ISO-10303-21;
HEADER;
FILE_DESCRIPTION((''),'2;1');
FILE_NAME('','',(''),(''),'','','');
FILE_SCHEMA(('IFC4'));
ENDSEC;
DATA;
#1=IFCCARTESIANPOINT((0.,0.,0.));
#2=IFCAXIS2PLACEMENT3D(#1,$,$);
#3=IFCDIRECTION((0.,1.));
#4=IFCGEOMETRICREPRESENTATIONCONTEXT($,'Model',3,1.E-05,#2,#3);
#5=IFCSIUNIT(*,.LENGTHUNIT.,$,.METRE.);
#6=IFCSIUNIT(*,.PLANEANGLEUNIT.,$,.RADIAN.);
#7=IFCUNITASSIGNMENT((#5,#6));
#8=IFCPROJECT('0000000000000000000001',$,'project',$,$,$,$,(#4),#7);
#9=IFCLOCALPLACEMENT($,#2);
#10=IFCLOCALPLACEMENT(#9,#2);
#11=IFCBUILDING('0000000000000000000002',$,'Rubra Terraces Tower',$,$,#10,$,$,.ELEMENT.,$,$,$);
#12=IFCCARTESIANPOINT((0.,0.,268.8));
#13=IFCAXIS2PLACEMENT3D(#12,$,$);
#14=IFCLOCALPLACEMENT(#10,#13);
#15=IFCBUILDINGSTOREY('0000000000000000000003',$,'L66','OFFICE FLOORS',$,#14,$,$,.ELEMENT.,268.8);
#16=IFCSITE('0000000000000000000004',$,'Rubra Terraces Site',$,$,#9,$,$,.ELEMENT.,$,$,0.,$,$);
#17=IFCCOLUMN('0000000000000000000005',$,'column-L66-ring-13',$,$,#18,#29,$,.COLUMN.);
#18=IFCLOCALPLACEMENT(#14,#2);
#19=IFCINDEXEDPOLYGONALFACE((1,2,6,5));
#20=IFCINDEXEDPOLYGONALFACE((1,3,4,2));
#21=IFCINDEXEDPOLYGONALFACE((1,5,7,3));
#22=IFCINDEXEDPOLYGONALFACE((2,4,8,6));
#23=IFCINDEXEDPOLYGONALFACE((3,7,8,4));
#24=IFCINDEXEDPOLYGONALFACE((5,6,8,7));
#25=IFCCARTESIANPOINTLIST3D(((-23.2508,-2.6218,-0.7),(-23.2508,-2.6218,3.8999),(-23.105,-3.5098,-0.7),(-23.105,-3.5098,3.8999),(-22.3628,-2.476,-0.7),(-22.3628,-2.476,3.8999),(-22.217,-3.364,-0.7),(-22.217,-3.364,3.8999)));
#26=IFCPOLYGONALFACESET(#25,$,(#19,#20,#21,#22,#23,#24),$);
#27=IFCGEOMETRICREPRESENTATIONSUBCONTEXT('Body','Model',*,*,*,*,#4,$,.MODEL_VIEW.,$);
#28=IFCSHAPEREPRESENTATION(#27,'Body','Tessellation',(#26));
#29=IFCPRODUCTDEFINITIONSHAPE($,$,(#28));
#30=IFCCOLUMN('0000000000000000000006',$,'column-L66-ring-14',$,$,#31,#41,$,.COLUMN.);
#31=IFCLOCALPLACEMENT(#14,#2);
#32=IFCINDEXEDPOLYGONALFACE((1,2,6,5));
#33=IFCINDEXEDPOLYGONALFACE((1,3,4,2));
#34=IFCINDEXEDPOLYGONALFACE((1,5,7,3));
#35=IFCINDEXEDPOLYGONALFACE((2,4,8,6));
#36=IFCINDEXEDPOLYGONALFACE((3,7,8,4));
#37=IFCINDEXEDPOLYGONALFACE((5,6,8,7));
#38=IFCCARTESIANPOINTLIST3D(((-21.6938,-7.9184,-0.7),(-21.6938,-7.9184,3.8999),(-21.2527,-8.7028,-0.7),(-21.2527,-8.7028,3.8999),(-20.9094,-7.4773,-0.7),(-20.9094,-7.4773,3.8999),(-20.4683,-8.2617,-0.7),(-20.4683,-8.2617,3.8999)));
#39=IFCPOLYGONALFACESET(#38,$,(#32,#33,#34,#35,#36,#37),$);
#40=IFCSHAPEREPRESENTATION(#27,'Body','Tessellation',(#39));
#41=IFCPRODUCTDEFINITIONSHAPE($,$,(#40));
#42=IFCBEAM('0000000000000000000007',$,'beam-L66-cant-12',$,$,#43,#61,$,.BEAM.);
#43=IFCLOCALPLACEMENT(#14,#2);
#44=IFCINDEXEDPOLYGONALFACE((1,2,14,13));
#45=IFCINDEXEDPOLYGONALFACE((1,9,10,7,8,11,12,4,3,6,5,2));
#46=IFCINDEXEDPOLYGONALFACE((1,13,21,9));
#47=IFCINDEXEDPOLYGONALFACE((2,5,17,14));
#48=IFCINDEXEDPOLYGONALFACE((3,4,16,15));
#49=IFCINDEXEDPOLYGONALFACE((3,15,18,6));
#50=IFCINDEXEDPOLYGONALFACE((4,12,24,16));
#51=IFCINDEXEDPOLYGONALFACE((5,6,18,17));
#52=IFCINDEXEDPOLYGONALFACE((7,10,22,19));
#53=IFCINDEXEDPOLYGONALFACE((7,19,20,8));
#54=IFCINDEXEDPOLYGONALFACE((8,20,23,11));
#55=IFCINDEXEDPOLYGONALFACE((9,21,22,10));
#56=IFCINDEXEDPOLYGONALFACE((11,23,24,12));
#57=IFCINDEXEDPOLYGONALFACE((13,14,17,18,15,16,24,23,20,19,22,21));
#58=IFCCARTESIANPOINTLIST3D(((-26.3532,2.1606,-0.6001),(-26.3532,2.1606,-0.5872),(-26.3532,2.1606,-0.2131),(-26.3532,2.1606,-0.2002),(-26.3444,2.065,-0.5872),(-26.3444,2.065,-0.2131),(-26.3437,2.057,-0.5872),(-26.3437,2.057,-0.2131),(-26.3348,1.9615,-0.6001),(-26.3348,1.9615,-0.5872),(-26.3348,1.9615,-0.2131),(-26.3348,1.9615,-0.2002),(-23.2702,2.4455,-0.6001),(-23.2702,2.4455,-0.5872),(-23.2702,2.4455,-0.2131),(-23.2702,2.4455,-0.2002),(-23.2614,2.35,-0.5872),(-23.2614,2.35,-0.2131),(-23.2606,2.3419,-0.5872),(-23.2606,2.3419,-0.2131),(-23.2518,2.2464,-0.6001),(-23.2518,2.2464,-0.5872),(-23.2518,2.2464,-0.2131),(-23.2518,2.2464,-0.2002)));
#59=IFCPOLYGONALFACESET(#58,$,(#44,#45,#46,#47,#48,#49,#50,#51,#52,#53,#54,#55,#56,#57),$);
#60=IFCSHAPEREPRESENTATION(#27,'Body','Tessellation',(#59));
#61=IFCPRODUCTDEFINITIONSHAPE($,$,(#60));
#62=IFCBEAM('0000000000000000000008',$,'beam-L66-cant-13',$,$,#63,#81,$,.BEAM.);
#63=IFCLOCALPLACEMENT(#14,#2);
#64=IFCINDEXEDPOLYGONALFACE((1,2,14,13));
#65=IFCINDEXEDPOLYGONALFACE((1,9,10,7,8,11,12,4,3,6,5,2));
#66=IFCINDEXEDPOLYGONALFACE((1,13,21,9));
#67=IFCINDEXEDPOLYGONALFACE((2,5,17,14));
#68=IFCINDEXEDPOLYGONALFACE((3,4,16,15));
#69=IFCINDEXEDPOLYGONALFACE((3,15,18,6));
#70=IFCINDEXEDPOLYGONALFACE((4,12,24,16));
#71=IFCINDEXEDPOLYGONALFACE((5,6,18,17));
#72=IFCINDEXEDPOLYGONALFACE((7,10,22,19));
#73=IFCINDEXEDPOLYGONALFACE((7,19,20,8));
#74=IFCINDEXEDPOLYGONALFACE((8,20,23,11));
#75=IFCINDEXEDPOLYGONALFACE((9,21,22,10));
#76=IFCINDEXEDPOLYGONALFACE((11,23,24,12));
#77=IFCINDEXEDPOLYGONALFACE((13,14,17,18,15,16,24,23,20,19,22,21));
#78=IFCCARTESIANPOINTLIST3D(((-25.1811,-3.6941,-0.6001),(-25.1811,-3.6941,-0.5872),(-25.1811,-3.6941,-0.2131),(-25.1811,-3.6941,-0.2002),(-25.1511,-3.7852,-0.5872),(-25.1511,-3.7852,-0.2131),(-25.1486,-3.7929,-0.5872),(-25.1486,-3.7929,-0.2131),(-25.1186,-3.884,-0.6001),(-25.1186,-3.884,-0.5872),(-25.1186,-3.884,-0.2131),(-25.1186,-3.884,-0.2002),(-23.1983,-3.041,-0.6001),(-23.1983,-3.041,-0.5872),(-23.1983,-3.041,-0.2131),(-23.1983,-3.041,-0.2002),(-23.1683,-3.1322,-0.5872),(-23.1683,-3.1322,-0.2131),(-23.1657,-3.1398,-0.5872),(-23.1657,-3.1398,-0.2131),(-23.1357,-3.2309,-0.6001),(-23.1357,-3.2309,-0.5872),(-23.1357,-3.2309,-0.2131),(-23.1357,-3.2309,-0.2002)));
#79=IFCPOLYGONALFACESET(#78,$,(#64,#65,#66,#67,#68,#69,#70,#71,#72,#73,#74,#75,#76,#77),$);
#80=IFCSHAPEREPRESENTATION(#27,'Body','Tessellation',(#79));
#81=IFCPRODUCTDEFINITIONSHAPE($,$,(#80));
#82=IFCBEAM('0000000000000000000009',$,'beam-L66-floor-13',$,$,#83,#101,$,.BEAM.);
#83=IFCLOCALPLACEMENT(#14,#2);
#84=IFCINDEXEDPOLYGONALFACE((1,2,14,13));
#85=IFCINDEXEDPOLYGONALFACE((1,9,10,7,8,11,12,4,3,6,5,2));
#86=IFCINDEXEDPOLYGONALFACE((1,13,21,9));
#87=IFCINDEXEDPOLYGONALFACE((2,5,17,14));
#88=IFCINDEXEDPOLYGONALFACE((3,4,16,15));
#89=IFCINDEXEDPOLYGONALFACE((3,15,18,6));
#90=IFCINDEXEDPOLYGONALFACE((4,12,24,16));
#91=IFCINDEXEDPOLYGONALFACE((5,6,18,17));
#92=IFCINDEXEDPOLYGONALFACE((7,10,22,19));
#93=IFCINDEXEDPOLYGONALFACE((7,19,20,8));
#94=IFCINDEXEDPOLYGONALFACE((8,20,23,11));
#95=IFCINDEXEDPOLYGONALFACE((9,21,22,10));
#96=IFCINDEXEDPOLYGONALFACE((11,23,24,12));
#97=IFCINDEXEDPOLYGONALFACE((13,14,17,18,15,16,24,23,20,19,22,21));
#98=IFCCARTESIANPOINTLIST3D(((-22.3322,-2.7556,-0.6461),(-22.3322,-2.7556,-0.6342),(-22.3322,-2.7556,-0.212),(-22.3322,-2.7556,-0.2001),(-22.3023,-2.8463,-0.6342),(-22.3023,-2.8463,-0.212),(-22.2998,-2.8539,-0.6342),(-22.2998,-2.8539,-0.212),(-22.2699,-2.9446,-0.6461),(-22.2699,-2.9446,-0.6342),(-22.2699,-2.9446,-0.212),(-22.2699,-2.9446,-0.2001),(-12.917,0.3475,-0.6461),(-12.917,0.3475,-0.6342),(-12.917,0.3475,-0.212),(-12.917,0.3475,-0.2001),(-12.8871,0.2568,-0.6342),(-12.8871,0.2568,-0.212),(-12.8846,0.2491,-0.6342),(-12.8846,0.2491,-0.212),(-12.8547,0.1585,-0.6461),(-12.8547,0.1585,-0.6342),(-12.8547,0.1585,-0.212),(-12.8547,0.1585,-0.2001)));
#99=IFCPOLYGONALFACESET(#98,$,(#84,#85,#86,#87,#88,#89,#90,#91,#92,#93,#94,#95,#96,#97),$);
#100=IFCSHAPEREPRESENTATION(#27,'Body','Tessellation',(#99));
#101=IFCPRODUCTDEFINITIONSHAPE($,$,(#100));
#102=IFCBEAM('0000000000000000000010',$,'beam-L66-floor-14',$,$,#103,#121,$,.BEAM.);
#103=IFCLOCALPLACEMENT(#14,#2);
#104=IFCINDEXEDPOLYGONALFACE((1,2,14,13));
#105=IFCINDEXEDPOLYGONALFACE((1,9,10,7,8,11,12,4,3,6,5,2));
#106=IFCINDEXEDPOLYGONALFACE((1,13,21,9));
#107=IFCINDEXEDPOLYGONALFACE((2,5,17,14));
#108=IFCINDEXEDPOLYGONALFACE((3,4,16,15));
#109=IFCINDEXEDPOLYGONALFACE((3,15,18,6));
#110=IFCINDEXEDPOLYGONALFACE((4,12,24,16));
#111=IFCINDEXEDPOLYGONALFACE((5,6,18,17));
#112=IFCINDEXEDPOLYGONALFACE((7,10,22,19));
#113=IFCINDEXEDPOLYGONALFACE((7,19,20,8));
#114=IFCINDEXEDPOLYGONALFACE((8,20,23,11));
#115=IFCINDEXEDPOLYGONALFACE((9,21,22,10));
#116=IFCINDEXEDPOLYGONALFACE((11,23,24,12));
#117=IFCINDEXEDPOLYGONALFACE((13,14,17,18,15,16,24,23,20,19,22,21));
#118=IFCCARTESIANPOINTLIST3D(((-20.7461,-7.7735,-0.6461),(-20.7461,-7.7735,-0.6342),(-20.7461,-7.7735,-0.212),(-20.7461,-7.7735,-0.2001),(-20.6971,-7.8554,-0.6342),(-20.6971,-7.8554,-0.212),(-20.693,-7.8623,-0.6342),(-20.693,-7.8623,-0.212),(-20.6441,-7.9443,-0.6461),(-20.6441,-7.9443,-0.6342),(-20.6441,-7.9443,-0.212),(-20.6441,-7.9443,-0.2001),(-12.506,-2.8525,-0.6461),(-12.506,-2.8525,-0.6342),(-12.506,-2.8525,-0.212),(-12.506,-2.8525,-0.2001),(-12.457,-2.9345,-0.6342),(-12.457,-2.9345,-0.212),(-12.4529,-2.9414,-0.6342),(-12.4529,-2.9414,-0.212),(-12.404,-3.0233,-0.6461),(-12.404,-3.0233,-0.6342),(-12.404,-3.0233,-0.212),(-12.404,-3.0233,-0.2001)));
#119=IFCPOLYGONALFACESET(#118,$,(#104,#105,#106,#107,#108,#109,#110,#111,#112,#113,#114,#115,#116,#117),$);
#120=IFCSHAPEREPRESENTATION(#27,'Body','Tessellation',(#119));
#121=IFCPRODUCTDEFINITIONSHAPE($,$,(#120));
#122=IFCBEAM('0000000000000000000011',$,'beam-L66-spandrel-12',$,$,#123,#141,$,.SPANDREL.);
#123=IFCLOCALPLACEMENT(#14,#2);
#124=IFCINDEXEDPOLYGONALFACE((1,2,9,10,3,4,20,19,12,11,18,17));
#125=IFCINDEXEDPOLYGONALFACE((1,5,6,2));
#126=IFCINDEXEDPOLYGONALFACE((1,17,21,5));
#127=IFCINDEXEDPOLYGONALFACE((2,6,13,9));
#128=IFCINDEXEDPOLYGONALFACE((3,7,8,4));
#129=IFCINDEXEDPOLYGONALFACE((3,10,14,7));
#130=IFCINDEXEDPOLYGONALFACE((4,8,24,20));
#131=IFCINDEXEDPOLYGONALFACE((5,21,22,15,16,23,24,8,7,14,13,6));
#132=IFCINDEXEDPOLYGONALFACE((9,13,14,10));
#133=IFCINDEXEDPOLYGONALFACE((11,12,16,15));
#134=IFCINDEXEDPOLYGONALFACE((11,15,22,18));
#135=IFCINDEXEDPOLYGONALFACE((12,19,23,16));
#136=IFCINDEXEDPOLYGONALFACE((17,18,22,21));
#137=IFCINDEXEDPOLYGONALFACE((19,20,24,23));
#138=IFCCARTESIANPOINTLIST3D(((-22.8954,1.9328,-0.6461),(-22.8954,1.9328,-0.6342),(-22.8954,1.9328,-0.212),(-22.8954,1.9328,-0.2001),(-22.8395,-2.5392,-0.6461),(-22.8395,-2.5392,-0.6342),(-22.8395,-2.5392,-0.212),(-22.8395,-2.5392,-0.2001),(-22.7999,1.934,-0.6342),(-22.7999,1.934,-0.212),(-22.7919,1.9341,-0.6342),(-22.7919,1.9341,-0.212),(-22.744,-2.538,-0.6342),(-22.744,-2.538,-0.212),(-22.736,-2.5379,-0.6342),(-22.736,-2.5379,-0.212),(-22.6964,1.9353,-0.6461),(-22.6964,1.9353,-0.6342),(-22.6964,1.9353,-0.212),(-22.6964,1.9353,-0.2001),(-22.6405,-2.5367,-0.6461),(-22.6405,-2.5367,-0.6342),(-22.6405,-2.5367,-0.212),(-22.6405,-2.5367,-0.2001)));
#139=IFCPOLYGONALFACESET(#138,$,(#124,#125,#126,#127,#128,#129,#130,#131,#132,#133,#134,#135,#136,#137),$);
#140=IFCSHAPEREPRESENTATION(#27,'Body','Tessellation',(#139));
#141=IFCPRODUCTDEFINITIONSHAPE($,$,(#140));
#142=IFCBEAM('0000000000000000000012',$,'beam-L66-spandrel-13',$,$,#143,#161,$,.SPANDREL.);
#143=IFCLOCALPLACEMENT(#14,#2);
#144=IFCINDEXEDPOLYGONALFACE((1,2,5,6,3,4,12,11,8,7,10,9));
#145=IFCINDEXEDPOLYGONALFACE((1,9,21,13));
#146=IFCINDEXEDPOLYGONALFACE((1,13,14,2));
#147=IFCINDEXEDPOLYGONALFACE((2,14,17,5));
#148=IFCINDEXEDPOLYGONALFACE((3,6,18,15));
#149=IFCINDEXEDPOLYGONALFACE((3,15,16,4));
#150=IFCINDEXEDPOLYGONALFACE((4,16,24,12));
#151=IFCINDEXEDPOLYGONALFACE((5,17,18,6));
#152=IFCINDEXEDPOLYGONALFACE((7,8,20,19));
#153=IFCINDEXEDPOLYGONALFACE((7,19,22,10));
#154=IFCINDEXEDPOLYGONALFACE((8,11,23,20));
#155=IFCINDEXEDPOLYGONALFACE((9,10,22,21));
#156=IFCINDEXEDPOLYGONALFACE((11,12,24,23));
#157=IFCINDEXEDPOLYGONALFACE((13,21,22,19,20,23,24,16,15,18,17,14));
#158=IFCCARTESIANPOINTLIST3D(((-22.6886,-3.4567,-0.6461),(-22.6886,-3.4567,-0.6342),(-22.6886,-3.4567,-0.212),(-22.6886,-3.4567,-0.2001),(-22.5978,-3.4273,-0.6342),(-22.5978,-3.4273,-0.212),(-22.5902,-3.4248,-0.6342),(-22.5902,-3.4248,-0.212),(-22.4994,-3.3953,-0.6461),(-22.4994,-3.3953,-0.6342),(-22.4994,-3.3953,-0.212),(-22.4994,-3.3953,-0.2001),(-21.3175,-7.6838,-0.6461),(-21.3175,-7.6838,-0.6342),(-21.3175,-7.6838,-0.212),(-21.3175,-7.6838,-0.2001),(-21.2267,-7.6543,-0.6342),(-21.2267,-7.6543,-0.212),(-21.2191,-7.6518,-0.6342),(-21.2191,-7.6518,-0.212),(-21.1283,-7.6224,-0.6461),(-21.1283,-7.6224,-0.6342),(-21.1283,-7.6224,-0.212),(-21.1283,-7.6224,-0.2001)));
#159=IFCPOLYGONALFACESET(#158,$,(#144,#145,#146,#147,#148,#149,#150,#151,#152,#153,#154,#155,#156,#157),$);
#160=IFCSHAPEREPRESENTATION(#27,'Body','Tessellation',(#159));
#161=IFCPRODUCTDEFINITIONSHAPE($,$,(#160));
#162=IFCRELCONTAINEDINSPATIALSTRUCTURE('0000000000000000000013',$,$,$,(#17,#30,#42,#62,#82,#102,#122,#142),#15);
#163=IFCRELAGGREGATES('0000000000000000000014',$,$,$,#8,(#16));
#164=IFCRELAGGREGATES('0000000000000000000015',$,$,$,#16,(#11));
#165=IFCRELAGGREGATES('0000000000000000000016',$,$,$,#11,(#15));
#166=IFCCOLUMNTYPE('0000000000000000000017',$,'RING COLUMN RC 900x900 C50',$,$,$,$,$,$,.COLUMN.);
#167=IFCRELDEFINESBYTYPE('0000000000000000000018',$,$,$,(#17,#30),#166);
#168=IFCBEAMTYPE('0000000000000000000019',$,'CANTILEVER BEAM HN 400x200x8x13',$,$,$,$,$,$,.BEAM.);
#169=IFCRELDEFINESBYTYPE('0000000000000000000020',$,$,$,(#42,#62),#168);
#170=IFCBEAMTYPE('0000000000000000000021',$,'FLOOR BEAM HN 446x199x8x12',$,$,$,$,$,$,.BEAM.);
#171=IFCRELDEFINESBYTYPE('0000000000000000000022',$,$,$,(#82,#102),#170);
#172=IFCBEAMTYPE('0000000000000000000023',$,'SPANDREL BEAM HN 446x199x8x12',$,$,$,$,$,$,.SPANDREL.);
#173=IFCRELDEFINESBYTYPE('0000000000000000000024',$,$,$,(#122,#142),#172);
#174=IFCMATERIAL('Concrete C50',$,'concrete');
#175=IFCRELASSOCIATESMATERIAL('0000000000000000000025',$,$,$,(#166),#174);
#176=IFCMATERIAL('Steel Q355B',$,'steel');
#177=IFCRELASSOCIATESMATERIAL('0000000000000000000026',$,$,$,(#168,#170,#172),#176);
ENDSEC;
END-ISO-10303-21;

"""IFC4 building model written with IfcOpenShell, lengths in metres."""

from ifc_helpers import new_model, si_unit, direction, frame, origin, origin_2d, place, context, subcontext, project, spatial, rectangle, i_section, extrude, material, material_profile, profile_set, type_object, element, save


model = new_model("IFC4")

# Units and contexts
model_context = context("Model", 3, precision=1e-05, world=origin(), true_north=direction((0.0, 1.0)))
body_context = subcontext(model_context, "Body", "Model", "MODEL_VIEW")
ifc_project = project(units=[si_unit("LENGTHUNIT", "METRE"), si_unit("PLANEANGLEUNIT", "RADIAN")], contexts=[model_context])

# Site, building, storey
site_placement = place(None, origin())
site = spatial("IfcSite", under=ifc_project, at=site_placement, Name="Rubra Terraces Site", CompositionType="ELEMENT", RefElevation=0.0)
building_placement = place(site_placement, origin())
building = spatial("IfcBuilding", under=site, at=building_placement, Name="Rubra Terraces Tower", CompositionType="ELEMENT")
storey_placement = place(building_placement, frame((0.0, 0.0, 268.8)))
storey = spatial("IfcBuildingStorey", under=building, at=storey_placement, Name="L66", Description="OFFICE FLOORS", CompositionType="ELEMENT", Elevation=268.8)

# Columns
ifc_material_1 = material(Name="Concrete C50", Category="concrete")
ifc_material_profile_1 = material_profile(ifc_material_1, rectangle(XDim=0.8999, YDim=0.8999, at=origin_2d()), Name="RC 900x900")
ifc_profile_set_1 = profile_set([ifc_material_profile_1], Name="Concrete C50")
column_type = type_object("IfcColumnType", Name="RING COLUMN RC 900x900 C50", PredefinedType="COLUMN", material=ifc_profile_set_1)
for number, where, z_axis, x_axis, name in (
    (1, (-22.7339, -2.9929, -0.7), (0.0, 0.0, 1.0), (0.162062, -0.986781, 0.0), "column-L66-ring-13"),
    (2, (-21.0811, -8.0901, -0.7), (0.0, 0.0, 1.0), (0.490162, -0.871631, 0.0), "column-L66-ring-14"),
):
    element("IfcColumn", number, at=place(storey_placement, frame(where, z_axis=z_axis, x_axis=x_axis)), inside=storey, type_object=column_type, Name=name, PredefinedType="COLUMN", context=body_context, shape_type="SweptSolid", body=[
        extrude(rectangle(XDim=0.8999, YDim=0.8999, at=origin_2d()), origin(), (0.0, 0.0, 1.0), 4.5999),
    ])

# Beams
ifc_material_2 = material(Name="Steel Q355B", Category="steel")
ifc_material_profile_2 = material_profile(ifc_material_2, i_section(OverallWidth=0.2, OverallDepth=0.3999, WebThickness=0.0081, FlangeThickness=0.0129, at=origin_2d()), Name="HN 400x200x8x13")
ifc_profile_set_2 = profile_set([ifc_material_profile_2], Name="Steel Q355B")
beam_type_1 = type_object("IfcBeamType", Name="CANTILEVER BEAM HN 400x200x8x13", PredefinedType="BEAM", material=ifc_profile_set_2)
beam_1_placement = place(storey_placement, frame((-23.261, 2.3459, -0.4001), z_axis=(-0.995757, -0.092022, 0.0), x_axis=(0.092022, -0.995757, 0.0)))
element("IfcBeam", 3, at=beam_1_placement, inside=storey, type_object=beam_type_1, Name="beam-L66-cant-12", PredefinedType="BEAM", context=body_context, shape_type="SweptSolid", body=[
    extrude(i_section(OverallWidth=0.2, OverallDepth=0.3999, WebThickness=0.0081, FlangeThickness=0.0129, at=origin_2d()), origin(), (0.0, 0.0, 1.0), 3.0962),
])
beam_2_placement = place(storey_placement, frame((-23.167, -3.136, -0.4001), z_axis=(-0.949812, -0.312823, 0.0), x_axis=(0.312823, -0.949812, 0.0)))
element("IfcBeam", 4, at=beam_2_placement, inside=storey, type_object=beam_type_1, Name="beam-L66-cant-13", PredefinedType="BEAM", context=body_context, shape_type="SweptSolid", body=[
    extrude(i_section(OverallWidth=0.2, OverallDepth=0.3999, WebThickness=0.0081, FlangeThickness=0.0129, at=origin_2d()), origin(), (0.0, 0.0, 1.0), 2.0876),
])
ifc_material_profile_3 = material_profile(ifc_material_2, i_section(OverallWidth=0.199, OverallDepth=0.446, WebThickness=0.0081, FlangeThickness=0.012, at=origin_2d()), Name="HN 446x199x8x12")
ifc_profile_set_3 = profile_set([ifc_material_profile_3], Name="Steel Q355B")
beam_type_2 = type_object("IfcBeamType", Name="FLOOR BEAM HN 446x199x8x12", PredefinedType="BEAM", material=ifc_profile_set_3)
beam_3_placement = place(storey_placement, frame((-22.301, -2.8501, -0.4231), z_axis=(0.949747, 0.313019, 0.0), x_axis=(-0.313019, 0.949747, 0.0)))
element("IfcBeam", 5, at=beam_3_placement, inside=storey, type_object=beam_type_2, Name="beam-L66-floor-13", PredefinedType="BEAM", context=body_context, shape_type="SweptSolid", body=[
    extrude(i_section(OverallWidth=0.199, OverallDepth=0.446, WebThickness=0.0081, FlangeThickness=0.012, at=origin_2d()), origin(), (0.0, 0.0, 1.0), 9.9133),
])
beam_4_placement = place(storey_placement, frame((-20.6951, -7.8589, -0.4231), z_axis=(0.858553, 0.512725, 0.0), x_axis=(-0.512725, 0.858553, 0.0)))
element("IfcBeam", 6, at=beam_4_placement, inside=storey, type_object=beam_type_2, Name="beam-L66-floor-14", PredefinedType="BEAM", context=body_context, shape_type="SweptSolid", body=[
    extrude(i_section(OverallWidth=0.199, OverallDepth=0.446, WebThickness=0.0081, FlangeThickness=0.012, at=origin_2d()), origin(), (0.0, 0.0, 1.0), 9.5977),
])
ifc_material_profile_4 = material_profile(ifc_material_2, i_section(OverallWidth=0.199, OverallDepth=0.446, WebThickness=0.0081, FlangeThickness=0.012, at=origin_2d()), Name="HN 446x199x8x12")
ifc_profile_set_4 = profile_set([ifc_material_profile_4], Name="Steel Q355B")
beam_type_3 = type_object("IfcBeamType", Name="SPANDREL BEAM HN 446x199x8x12", PredefinedType="SPANDREL", material=ifc_profile_set_4)
beam_5_placement = place(storey_placement, frame((-22.7959, 1.9341, -0.4231), z_axis=(0.0125, -0.999922, 0.0), x_axis=(0.999922, 0.0125, 0.0)))
element("IfcBeam", 7, at=beam_5_placement, inside=storey, type_object=beam_type_3, Name="beam-L66-spandrel-12", PredefinedType="SPANDREL", context=body_context, shape_type="SweptSolid", body=[
    extrude(i_section(OverallWidth=0.199, OverallDepth=0.446, WebThickness=0.0081, FlangeThickness=0.012, at=origin_2d()), origin(), (0.0, 0.0, 1.0), 4.4724),
])
beam_6_placement = place(storey_placement, frame((-22.594, -3.426, -0.4231), z_axis=(0.308537, -0.951212, 0.0), x_axis=(0.951212, 0.308537, 0.0)))
element("IfcBeam", 8, at=beam_6_placement, inside=storey, type_object=beam_type_3, Name="beam-L66-spandrel-13", PredefinedType="SPANDREL", context=body_context, shape_type="SweptSolid", body=[
    extrude(i_section(OverallWidth=0.199, OverallDepth=0.446, WebThickness=0.0081, FlangeThickness=0.012, at=origin_2d()), origin(), (0.0, 0.0, 1.0), 4.4438),
])

save(model, "model.ifc")
